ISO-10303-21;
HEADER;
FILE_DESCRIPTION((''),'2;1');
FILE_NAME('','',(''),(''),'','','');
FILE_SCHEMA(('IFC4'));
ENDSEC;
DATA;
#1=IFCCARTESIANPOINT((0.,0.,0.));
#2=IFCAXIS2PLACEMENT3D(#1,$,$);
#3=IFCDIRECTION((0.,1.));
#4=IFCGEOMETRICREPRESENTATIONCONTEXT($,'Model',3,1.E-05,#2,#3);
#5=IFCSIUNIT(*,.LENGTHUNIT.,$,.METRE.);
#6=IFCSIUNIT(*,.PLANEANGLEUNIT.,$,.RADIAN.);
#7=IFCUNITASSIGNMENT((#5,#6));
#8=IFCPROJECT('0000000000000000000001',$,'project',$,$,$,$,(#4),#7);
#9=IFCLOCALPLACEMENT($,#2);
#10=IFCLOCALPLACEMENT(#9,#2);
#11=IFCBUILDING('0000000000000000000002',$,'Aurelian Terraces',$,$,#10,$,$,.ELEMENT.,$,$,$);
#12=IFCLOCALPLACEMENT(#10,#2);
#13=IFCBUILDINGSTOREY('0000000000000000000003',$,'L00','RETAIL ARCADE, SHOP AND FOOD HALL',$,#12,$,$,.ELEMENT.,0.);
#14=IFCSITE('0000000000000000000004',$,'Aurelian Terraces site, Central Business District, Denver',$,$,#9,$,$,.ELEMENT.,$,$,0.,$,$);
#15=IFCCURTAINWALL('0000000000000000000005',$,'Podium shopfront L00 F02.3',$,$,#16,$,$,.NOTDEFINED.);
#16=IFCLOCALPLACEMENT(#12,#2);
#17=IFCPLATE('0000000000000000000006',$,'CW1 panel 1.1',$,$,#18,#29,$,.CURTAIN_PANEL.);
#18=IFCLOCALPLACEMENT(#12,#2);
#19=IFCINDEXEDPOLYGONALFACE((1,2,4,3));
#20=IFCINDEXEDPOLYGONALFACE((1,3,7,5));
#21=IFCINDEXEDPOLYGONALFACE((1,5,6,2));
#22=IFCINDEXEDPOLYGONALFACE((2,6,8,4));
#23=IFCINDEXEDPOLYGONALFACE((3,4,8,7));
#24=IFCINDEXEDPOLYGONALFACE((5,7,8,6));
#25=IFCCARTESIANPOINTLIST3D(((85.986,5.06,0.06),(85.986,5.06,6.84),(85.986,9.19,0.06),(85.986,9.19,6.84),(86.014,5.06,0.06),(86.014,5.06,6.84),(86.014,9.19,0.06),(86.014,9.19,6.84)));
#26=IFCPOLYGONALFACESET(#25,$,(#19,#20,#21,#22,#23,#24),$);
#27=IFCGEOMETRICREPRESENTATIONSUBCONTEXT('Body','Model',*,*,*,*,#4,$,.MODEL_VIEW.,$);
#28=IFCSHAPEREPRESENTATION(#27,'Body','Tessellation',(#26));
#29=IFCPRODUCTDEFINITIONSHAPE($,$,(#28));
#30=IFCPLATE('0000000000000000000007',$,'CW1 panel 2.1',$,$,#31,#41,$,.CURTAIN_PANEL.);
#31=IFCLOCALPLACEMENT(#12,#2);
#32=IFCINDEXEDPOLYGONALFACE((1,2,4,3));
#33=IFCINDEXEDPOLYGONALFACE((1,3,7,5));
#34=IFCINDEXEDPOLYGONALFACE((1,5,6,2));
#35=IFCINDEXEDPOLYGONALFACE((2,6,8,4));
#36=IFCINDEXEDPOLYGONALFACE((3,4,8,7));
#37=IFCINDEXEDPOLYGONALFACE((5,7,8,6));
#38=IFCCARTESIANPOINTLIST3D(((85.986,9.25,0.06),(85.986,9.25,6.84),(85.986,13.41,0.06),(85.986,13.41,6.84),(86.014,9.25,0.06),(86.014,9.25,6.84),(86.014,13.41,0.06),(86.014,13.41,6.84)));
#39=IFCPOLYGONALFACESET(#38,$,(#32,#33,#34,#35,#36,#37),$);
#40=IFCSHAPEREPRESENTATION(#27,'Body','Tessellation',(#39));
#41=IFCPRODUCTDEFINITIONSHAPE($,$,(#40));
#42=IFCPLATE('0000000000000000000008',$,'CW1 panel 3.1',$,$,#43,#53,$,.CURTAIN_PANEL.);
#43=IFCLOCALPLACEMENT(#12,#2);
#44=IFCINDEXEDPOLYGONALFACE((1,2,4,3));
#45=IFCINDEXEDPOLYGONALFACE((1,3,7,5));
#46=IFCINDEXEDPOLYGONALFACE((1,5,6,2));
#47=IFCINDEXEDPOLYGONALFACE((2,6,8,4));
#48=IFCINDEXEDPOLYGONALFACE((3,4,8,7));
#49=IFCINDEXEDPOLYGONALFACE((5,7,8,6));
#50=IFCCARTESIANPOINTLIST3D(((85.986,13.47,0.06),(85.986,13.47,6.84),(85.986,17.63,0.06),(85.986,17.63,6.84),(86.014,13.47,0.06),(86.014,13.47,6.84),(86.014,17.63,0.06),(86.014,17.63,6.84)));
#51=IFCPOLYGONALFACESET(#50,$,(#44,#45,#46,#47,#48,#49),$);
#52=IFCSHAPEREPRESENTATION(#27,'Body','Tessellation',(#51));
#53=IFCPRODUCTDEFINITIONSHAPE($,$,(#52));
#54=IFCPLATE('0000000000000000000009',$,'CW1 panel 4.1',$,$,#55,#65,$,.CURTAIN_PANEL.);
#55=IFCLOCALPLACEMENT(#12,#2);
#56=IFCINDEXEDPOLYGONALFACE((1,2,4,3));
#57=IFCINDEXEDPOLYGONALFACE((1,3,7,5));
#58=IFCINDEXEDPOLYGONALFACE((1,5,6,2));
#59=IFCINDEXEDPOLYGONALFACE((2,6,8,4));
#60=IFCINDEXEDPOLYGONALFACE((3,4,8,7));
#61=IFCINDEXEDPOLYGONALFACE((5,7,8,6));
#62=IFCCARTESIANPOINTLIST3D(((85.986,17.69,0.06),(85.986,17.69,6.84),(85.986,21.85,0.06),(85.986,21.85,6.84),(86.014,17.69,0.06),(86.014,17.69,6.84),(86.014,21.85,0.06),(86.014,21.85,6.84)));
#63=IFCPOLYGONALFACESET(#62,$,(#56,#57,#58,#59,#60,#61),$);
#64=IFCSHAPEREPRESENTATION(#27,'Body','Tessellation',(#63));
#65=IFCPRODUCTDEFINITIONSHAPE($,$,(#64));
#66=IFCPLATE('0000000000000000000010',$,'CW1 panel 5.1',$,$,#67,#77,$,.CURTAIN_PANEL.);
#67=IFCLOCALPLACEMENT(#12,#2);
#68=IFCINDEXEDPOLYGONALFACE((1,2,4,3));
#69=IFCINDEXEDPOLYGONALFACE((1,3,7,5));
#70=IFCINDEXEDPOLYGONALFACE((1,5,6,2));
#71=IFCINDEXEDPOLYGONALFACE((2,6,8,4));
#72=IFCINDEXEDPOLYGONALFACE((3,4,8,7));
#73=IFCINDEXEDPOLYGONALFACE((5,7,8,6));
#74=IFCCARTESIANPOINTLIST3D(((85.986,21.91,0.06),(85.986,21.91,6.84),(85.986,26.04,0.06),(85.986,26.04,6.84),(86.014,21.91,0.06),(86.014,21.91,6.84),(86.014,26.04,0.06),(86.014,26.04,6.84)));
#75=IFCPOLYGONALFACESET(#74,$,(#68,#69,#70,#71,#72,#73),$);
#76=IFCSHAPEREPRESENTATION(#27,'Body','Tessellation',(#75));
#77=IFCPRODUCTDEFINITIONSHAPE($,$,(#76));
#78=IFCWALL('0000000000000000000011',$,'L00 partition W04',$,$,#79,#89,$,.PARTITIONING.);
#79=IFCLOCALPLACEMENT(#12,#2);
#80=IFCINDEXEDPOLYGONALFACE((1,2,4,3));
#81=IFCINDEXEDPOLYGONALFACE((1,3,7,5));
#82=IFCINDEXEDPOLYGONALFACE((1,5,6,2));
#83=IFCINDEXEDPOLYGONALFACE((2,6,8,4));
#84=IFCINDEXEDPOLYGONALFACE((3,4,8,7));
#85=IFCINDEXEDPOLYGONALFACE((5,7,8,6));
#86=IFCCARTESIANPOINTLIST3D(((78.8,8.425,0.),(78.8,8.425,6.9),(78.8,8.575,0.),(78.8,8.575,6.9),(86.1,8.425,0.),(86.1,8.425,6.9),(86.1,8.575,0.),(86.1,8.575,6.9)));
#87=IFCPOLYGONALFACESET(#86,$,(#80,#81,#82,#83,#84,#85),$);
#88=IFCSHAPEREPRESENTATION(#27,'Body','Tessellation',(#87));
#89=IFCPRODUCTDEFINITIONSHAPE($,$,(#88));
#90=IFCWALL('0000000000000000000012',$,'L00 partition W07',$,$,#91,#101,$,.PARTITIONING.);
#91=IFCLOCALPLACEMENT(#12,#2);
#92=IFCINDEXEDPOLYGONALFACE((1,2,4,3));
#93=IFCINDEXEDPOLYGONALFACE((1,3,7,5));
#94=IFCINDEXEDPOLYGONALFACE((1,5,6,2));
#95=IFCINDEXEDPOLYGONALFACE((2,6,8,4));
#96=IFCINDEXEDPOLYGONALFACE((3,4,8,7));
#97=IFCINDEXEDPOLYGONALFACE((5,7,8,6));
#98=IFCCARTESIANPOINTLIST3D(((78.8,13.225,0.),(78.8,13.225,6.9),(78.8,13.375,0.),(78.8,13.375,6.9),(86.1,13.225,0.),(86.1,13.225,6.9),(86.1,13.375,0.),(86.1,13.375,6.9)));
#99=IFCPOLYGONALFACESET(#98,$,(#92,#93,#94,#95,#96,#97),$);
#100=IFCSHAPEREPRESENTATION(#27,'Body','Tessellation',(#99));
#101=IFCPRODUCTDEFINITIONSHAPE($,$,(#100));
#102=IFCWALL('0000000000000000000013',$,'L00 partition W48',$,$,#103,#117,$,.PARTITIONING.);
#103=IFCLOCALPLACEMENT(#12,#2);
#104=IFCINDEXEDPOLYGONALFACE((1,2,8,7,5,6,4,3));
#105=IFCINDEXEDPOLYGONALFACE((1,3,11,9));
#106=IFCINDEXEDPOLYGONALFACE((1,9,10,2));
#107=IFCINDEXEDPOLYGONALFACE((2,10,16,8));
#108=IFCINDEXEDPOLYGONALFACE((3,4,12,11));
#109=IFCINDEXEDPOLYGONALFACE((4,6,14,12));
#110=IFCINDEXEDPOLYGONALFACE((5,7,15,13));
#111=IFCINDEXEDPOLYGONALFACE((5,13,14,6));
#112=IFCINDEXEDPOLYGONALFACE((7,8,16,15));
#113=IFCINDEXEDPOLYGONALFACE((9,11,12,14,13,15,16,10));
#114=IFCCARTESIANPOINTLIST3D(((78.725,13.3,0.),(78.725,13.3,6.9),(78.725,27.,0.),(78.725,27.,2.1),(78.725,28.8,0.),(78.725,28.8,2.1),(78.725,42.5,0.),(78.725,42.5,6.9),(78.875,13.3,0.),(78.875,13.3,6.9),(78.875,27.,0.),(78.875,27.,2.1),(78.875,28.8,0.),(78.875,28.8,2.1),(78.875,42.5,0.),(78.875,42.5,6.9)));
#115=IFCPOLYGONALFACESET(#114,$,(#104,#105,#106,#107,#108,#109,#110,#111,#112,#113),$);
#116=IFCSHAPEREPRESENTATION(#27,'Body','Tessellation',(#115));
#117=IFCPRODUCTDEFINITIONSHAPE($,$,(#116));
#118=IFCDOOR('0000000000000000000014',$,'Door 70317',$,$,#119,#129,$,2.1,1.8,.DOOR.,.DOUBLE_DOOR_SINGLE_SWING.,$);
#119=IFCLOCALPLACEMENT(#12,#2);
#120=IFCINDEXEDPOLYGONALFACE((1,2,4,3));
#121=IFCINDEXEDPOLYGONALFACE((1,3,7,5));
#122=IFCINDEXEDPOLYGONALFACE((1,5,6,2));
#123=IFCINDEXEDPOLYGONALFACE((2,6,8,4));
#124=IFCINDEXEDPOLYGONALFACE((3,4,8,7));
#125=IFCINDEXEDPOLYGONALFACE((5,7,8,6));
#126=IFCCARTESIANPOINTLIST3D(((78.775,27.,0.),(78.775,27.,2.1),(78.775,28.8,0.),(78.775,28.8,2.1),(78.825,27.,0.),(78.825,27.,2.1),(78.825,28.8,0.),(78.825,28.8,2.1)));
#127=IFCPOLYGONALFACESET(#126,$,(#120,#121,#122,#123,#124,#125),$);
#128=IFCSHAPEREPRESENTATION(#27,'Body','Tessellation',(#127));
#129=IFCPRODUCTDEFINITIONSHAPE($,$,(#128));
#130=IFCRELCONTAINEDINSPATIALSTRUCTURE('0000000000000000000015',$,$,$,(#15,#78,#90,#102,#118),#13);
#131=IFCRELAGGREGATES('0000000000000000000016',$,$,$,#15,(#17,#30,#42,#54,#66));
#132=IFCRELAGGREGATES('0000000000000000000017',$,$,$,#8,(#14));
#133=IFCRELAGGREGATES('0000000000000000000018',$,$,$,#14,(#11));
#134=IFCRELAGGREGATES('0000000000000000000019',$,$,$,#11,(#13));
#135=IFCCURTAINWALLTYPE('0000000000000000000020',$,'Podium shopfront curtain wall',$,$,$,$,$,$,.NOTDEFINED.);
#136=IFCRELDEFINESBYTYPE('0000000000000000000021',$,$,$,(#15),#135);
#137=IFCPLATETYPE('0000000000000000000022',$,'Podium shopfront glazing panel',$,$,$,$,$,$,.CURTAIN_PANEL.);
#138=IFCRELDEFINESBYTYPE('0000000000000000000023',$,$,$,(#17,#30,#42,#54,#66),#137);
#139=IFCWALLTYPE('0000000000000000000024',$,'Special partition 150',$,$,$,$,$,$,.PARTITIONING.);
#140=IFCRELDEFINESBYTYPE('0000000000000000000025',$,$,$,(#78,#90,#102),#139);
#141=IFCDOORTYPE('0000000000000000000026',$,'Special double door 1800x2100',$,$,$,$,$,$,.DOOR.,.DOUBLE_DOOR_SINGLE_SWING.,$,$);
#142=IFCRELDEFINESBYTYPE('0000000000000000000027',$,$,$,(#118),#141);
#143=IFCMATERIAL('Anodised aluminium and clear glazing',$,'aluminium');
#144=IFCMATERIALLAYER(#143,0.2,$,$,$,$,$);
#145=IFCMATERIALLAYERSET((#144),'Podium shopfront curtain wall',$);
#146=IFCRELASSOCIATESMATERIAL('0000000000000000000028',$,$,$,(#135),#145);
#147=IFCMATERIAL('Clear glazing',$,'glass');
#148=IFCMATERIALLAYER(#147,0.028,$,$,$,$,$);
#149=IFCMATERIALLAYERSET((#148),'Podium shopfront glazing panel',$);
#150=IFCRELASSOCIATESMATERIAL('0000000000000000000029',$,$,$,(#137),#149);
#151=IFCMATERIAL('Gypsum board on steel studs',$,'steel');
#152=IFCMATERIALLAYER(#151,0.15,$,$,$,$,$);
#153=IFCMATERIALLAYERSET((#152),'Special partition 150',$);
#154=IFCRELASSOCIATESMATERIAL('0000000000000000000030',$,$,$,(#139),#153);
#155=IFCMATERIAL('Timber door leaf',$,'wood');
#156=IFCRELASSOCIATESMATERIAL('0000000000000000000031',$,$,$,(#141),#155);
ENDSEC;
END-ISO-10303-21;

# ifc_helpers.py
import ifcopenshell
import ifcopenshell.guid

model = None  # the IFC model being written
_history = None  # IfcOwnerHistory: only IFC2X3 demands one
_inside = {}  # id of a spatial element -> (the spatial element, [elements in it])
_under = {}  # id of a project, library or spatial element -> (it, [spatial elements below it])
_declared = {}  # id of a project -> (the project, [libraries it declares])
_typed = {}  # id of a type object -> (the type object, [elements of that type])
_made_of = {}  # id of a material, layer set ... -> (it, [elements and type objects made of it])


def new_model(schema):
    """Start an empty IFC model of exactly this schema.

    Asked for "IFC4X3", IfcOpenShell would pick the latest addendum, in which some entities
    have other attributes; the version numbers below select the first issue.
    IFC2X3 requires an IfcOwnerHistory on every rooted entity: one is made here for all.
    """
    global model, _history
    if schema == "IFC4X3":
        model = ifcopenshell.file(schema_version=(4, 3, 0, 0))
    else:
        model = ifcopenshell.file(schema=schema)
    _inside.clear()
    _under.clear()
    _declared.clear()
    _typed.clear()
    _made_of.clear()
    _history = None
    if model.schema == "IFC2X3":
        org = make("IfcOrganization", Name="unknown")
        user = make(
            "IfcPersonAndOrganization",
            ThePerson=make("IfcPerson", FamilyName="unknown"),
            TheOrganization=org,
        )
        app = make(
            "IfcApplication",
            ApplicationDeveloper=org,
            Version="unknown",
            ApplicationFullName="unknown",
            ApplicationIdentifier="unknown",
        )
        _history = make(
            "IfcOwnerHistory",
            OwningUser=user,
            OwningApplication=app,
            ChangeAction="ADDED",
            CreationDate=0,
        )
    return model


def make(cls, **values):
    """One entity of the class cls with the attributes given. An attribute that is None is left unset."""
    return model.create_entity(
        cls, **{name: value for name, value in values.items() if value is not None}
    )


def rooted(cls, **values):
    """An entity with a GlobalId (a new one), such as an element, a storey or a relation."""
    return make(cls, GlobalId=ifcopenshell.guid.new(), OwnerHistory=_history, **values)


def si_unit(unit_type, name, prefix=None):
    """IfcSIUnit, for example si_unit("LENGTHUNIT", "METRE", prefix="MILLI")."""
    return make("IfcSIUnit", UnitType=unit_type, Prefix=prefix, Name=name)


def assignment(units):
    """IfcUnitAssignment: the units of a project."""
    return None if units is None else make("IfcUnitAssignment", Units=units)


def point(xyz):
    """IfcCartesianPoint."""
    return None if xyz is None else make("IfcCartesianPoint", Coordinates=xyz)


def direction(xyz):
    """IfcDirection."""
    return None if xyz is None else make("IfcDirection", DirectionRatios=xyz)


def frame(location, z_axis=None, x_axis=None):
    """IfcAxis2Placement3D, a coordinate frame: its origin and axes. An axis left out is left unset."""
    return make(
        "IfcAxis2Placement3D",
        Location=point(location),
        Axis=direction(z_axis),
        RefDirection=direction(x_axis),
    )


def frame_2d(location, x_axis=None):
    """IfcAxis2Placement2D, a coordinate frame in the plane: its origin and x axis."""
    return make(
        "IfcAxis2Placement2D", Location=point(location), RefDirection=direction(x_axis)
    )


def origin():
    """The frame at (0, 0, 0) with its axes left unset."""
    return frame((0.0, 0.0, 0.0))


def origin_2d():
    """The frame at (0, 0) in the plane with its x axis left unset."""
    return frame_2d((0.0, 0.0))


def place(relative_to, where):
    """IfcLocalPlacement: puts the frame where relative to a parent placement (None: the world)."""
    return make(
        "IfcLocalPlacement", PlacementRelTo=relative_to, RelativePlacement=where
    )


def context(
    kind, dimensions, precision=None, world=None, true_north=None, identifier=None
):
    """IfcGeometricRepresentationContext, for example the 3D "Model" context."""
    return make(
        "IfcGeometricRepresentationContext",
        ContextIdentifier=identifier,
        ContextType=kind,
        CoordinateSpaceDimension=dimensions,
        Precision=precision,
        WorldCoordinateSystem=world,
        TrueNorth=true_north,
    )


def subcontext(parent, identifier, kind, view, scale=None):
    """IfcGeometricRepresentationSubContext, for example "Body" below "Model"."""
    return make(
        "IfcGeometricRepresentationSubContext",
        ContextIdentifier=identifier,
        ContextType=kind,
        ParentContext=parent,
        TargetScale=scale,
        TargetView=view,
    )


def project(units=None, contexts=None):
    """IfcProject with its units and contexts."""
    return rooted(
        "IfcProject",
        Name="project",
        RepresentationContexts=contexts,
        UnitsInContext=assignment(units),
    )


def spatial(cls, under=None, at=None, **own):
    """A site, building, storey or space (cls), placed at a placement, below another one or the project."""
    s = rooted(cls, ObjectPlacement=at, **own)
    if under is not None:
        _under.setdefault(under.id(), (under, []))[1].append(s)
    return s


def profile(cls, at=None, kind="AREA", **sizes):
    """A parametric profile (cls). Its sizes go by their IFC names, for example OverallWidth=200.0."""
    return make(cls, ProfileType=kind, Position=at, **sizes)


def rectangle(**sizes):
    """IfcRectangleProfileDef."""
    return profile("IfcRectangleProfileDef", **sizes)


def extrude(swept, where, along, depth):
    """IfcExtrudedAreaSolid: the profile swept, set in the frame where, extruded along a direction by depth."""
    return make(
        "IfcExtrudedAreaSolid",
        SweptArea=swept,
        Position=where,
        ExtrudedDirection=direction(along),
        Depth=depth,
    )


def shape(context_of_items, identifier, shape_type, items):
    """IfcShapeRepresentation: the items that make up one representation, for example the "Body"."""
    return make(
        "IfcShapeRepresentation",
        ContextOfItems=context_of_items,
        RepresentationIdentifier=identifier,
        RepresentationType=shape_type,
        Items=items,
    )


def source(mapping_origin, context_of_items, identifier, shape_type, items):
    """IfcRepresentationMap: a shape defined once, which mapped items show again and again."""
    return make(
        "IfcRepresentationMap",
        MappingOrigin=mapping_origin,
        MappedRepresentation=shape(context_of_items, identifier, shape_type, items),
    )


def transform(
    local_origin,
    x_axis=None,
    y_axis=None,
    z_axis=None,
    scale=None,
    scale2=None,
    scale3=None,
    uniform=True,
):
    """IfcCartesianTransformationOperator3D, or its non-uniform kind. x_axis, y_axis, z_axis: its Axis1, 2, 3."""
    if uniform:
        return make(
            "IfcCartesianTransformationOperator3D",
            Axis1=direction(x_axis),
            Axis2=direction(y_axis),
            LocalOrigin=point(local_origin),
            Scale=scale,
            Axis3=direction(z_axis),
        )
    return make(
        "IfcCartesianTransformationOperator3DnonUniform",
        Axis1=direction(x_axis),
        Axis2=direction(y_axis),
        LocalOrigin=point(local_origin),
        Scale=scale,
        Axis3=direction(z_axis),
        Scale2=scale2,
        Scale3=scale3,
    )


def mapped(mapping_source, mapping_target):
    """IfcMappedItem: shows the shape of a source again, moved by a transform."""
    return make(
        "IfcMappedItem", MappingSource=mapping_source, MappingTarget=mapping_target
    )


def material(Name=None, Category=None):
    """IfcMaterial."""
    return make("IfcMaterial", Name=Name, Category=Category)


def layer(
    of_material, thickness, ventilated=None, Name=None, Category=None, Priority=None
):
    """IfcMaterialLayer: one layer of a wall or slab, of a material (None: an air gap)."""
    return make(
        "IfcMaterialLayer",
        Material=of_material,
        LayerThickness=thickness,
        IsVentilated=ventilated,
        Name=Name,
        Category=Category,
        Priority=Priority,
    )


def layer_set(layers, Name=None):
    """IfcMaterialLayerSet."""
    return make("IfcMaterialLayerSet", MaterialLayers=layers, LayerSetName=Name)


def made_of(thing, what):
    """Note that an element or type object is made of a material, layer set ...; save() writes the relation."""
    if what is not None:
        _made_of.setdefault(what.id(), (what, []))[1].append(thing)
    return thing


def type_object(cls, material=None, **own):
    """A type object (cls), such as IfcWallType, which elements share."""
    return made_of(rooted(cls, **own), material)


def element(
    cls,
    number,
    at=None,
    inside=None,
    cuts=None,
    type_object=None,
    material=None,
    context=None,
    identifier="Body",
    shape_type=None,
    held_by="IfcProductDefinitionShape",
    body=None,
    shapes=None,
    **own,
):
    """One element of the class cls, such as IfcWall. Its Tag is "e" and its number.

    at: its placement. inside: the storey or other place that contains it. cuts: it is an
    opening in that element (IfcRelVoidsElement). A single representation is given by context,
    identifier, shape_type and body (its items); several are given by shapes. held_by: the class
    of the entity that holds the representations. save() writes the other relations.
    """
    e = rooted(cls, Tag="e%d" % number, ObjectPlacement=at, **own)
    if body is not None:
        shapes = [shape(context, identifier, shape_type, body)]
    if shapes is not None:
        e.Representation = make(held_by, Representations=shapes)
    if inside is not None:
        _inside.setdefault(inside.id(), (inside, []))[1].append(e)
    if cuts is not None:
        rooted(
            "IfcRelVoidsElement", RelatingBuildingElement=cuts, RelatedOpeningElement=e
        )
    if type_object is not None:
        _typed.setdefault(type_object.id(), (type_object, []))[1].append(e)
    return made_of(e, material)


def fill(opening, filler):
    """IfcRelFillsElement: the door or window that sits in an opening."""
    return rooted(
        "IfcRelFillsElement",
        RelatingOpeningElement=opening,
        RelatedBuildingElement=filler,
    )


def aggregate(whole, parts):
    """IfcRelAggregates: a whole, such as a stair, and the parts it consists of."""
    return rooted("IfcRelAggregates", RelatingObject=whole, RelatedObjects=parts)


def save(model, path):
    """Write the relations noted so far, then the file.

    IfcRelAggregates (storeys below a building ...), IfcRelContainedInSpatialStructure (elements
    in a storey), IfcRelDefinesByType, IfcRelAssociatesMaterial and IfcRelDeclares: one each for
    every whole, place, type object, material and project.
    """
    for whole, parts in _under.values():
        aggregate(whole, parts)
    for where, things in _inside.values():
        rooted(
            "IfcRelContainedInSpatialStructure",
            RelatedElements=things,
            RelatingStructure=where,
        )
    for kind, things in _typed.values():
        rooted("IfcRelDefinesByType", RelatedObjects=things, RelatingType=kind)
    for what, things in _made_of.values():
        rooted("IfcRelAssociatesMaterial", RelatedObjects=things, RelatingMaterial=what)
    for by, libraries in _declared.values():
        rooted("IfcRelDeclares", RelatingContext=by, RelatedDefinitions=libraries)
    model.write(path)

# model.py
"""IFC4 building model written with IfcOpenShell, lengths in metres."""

from ifc_helpers import new_model, si_unit, direction, frame, frame_2d, origin, origin_2d, place, context, subcontext, project, spatial, rectangle, extrude, source, transform, mapped, material, layer, layer_set, type_object, element, fill, aggregate, save


model = new_model("IFC4")

# Units and contexts
model_context = context("Model", 3, precision=1e-05, world=origin(), true_north=direction((0.0, 1.0)))
body_context = subcontext(model_context, "Body", "Model", "MODEL_VIEW")
ifc_project = project(units=[si_unit("LENGTHUNIT", "METRE"), si_unit("PLANEANGLEUNIT", "RADIAN")], contexts=[model_context])

# Site, building, storey
site_placement = place(None, origin())
site = spatial("IfcSite", under=ifc_project, at=site_placement, Name="Aurelian Terraces site, Central Business District, Denver", CompositionType="ELEMENT", RefElevation=0.0)
building_placement = place(site_placement, origin())
building = spatial("IfcBuilding", under=site, at=building_placement, Name="Aurelian Terraces", CompositionType="ELEMENT")
storey_placement = place(building_placement, origin())
storey = spatial("IfcBuildingStorey", under=building, at=storey_placement, Name="L00", Description="RETAIL ARCADE, SHOP AND FOOD HALL", CompositionType="ELEMENT", Elevation=0.0)

# Curtain wall, plates
ifc_material_1 = material(Name="Anodised aluminium and clear glazing", Category="aluminium")
ifc_layer_1 = layer(ifc_material_1, 0.2)
ifc_layer_set_1 = layer_set([ifc_layer_1], Name="Podium shopfront curtain wall")
curtain_wall_type = type_object("IfcCurtainWallType", Name="Podium shopfront curtain wall", PredefinedType="NOTDEFINED", material=ifc_layer_set_1)
curtain_wall_placement = place(storey_placement, origin())
curtain_wall = element("IfcCurtainWall", 1, at=curtain_wall_placement, inside=storey, type_object=curtain_wall_type, Name="Podium shopfront L00 F02.3", PredefinedType="NOTDEFINED")
ifc_material_2 = material(Name="Clear glazing", Category="glass")
ifc_layer_2 = layer(ifc_material_2, 0.028)
ifc_layer_set_2 = layer_set([ifc_layer_2], Name="Podium shopfront glazing panel")
plate_type = type_object("IfcPlateType", Name="Podium shopfront glazing panel", PredefinedType="CURTAIN_PANEL", material=ifc_layer_set_2)
plate_1_placement = place(storey_placement, frame((86.0, 7.125, 0.06), z_axis=(0.0, 0.0, 1.0), x_axis=(0.0, 1.0, 0.0)))
plate_1 = element("IfcPlate", 2, at=plate_1_placement, type_object=plate_type, Name="CW1 panel 1.1", PredefinedType="CURTAIN_PANEL", context=body_context, shape_type="SweptSolid", body=[
    extrude(rectangle(XDim=4.13, YDim=0.028, at=origin_2d()), origin(), (0.0, 0.0, 1.0), 6.78),
])
plate_2_placement = place(storey_placement, frame((86.0, 11.33, 0.06), z_axis=(0.0, 0.0, 1.0), x_axis=(0.0, 1.0, 0.0)))
plate_2 = element("IfcPlate", 3, at=plate_2_placement, type_object=plate_type, Name="CW1 panel 2.1", PredefinedType="CURTAIN_PANEL", context=body_context, shape_type="SweptSolid", body=[
    extrude(rectangle(XDim=4.16, YDim=0.028, at=origin_2d()), origin(), (0.0, 0.0, 1.0), 6.78),
])
shared_shape_1 = source(origin(), body_context, "Body", "SweptSolid", [
    extrude(rectangle(XDim=4.16, YDim=0.028, at=origin_2d()), origin(), (0.0, 0.0, 1.0), 6.78),
])
plate_3_placement = place(storey_placement, frame((86.0, 15.55, 0.06), z_axis=(0.0, 0.0, 1.0), x_axis=(0.0, 1.0, 0.0)))
plate_3 = element("IfcPlate", 4, at=plate_3_placement, type_object=plate_type, Name="CW1 panel 3.1", PredefinedType="CURTAIN_PANEL", context=body_context, shape_type="MappedRepresentation", body=[
    mapped(shared_shape_1, transform((0.0, 0.0, 0.0), scale=1.0)),
])
plate_4_placement = place(storey_placement, frame((86.0, 19.77, 0.06), z_axis=(0.0, 0.0, 1.0), x_axis=(0.0, 1.0, 0.0)))
plate_4 = element("IfcPlate", 5, at=plate_4_placement, type_object=plate_type, Name="CW1 panel 4.1", PredefinedType="CURTAIN_PANEL", context=body_context, shape_type="MappedRepresentation", body=[
    mapped(shared_shape_1, transform((0.0, 0.0, 0.0), scale=1.0)),
])
shared_shape_2 = source(origin(), body_context, "Body", "SweptSolid", [
    extrude(rectangle(XDim=4.13, YDim=0.028, at=origin_2d()), origin(), (0.0, 0.0, 1.0), 6.78),
])
plate_5_placement = place(storey_placement, frame((86.0, 23.975, 0.06), z_axis=(0.0, 0.0, 1.0), x_axis=(0.0, 1.0, 0.0)))
plate_5 = element("IfcPlate", 6, at=plate_5_placement, type_object=plate_type, Name="CW1 panel 5.1", PredefinedType="CURTAIN_PANEL", context=body_context, shape_type="MappedRepresentation", body=[
    mapped(shared_shape_2, transform((0.0, 0.0, 0.0), scale=1.0)),
])
aggregate(curtain_wall, [plate_1, plate_2, plate_3, plate_4, plate_5])

# Walls
ifc_material_3 = material(Name="Gypsum board on steel studs", Category="steel")
ifc_layer_3 = layer(ifc_material_3, 0.15)
ifc_layer_set_3 = layer_set([ifc_layer_3], Name="Special partition 150")
wall_type = type_object("IfcWallType", Name="Special partition 150", PredefinedType="PARTITIONING", material=ifc_layer_set_3)
wall_1_placement = place(storey_placement, frame((78.8, 8.5, 0.0), z_axis=(0.0, 0.0, 1.0), x_axis=(1.0, 0.0, 0.0)))
element("IfcWall", 7, at=wall_1_placement, inside=storey, type_object=wall_type, Name="L00 partition W04", PredefinedType="PARTITIONING", context=body_context, shape_type="SweptSolid", body=[
    extrude(rectangle(XDim=7.3, YDim=0.15, at=frame_2d((3.65, 0.0))), origin(), (0.0, 0.0, 1.0), 6.9),
])
shared_shape_3 = source(origin(), body_context, "Body", "SweptSolid", [
    extrude(rectangle(XDim=7.3, YDim=0.15, at=frame_2d((3.65, 0.0))), origin(), (0.0, 0.0, 1.0), 6.9),
])
wall_2_placement = place(storey_placement, frame((78.8, 13.3, 0.0), z_axis=(0.0, 0.0, 1.0), x_axis=(1.0, 0.0, 0.0)))
element("IfcWall", 8, at=wall_2_placement, inside=storey, type_object=wall_type, Name="L00 partition W07", PredefinedType="PARTITIONING", context=body_context, shape_type="MappedRepresentation", body=[
    mapped(shared_shape_3, transform((0.0, 0.0, 0.0), scale=1.0)),
])

# Wall, opening, door
shared_shape_4 = source(origin(), body_context, "Body", "SweptSolid", [
    extrude(rectangle(XDim=29.2, YDim=0.15, at=frame_2d((14.6, 0.0))), origin(), (0.0, 0.0, 1.0), 6.9),
])
wall_3_placement = place(storey_placement, frame((78.8, 13.3, 0.0), z_axis=(0.0, 0.0, 1.0), x_axis=(0.0, 1.0, 0.0)))
wall_3 = element("IfcWall", 9, at=wall_3_placement, inside=storey, type_object=wall_type, Name="L00 partition W48", PredefinedType="PARTITIONING", context=body_context, shape_type="MappedRepresentation", body=[
    mapped(shared_shape_4, transform((0.0, 0.0, 0.0), scale=1.0)),
])
shared_shape_5 = source(origin(), body_context, "Body", "SweptSolid", [
    extrude(rectangle(XDim=1.8, YDim=2.1, at=frame_2d((0.9, 1.05))), frame((0.0, 0.085, 0.0), z_axis=(0.0, -1.0, 0.0), x_axis=(1.0, 0.0, 0.0)), (0.0, 0.0, 1.0), 0.17),
])
opening_placement = place(wall_3_placement, frame((13.7, 0.0, 0.0)))
opening = element("IfcOpeningElement", 10, at=opening_placement, cuts=wall_3, PredefinedType="OPENING", context=body_context, shape_type="MappedRepresentation", body=[
    mapped(shared_shape_5, transform((0.0, 0.0, 0.0), scale=1.0)),
])
ifc_material_4 = material(Name="Timber door leaf", Category="wood")
door_type = type_object("IfcDoorType", Name="Special double door 1800x2100", OperationType="DOUBLE_DOOR_SINGLE_SWING", PredefinedType="DOOR", material=ifc_material_4)
shared_shape_6 = source(origin(), body_context, "Body", "SweptSolid", [
    extrude(rectangle(XDim=1.8, YDim=2.1, at=frame_2d((0.9, 1.05))), frame((0.0, 0.025, 0.0), z_axis=(0.0, -1.0, 0.0), x_axis=(1.0, 0.0, 0.0)), (0.0, 0.0, 1.0), 0.05),
])
door_placement = place(opening_placement, origin())
door = element("IfcDoor", 11, at=door_placement, inside=storey, type_object=door_type, Name="Door 70317", OperationType="DOUBLE_DOOR_SINGLE_SWING", OverallHeight=2.1, OverallWidth=1.8, PredefinedType="DOOR", context=body_context, shape_type="MappedRepresentation", body=[
    mapped(shared_shape_6, transform((0.0, 0.0, 0.0), scale=1.0)),
])
fill(opening, door)

save(model, "model.ifc")
